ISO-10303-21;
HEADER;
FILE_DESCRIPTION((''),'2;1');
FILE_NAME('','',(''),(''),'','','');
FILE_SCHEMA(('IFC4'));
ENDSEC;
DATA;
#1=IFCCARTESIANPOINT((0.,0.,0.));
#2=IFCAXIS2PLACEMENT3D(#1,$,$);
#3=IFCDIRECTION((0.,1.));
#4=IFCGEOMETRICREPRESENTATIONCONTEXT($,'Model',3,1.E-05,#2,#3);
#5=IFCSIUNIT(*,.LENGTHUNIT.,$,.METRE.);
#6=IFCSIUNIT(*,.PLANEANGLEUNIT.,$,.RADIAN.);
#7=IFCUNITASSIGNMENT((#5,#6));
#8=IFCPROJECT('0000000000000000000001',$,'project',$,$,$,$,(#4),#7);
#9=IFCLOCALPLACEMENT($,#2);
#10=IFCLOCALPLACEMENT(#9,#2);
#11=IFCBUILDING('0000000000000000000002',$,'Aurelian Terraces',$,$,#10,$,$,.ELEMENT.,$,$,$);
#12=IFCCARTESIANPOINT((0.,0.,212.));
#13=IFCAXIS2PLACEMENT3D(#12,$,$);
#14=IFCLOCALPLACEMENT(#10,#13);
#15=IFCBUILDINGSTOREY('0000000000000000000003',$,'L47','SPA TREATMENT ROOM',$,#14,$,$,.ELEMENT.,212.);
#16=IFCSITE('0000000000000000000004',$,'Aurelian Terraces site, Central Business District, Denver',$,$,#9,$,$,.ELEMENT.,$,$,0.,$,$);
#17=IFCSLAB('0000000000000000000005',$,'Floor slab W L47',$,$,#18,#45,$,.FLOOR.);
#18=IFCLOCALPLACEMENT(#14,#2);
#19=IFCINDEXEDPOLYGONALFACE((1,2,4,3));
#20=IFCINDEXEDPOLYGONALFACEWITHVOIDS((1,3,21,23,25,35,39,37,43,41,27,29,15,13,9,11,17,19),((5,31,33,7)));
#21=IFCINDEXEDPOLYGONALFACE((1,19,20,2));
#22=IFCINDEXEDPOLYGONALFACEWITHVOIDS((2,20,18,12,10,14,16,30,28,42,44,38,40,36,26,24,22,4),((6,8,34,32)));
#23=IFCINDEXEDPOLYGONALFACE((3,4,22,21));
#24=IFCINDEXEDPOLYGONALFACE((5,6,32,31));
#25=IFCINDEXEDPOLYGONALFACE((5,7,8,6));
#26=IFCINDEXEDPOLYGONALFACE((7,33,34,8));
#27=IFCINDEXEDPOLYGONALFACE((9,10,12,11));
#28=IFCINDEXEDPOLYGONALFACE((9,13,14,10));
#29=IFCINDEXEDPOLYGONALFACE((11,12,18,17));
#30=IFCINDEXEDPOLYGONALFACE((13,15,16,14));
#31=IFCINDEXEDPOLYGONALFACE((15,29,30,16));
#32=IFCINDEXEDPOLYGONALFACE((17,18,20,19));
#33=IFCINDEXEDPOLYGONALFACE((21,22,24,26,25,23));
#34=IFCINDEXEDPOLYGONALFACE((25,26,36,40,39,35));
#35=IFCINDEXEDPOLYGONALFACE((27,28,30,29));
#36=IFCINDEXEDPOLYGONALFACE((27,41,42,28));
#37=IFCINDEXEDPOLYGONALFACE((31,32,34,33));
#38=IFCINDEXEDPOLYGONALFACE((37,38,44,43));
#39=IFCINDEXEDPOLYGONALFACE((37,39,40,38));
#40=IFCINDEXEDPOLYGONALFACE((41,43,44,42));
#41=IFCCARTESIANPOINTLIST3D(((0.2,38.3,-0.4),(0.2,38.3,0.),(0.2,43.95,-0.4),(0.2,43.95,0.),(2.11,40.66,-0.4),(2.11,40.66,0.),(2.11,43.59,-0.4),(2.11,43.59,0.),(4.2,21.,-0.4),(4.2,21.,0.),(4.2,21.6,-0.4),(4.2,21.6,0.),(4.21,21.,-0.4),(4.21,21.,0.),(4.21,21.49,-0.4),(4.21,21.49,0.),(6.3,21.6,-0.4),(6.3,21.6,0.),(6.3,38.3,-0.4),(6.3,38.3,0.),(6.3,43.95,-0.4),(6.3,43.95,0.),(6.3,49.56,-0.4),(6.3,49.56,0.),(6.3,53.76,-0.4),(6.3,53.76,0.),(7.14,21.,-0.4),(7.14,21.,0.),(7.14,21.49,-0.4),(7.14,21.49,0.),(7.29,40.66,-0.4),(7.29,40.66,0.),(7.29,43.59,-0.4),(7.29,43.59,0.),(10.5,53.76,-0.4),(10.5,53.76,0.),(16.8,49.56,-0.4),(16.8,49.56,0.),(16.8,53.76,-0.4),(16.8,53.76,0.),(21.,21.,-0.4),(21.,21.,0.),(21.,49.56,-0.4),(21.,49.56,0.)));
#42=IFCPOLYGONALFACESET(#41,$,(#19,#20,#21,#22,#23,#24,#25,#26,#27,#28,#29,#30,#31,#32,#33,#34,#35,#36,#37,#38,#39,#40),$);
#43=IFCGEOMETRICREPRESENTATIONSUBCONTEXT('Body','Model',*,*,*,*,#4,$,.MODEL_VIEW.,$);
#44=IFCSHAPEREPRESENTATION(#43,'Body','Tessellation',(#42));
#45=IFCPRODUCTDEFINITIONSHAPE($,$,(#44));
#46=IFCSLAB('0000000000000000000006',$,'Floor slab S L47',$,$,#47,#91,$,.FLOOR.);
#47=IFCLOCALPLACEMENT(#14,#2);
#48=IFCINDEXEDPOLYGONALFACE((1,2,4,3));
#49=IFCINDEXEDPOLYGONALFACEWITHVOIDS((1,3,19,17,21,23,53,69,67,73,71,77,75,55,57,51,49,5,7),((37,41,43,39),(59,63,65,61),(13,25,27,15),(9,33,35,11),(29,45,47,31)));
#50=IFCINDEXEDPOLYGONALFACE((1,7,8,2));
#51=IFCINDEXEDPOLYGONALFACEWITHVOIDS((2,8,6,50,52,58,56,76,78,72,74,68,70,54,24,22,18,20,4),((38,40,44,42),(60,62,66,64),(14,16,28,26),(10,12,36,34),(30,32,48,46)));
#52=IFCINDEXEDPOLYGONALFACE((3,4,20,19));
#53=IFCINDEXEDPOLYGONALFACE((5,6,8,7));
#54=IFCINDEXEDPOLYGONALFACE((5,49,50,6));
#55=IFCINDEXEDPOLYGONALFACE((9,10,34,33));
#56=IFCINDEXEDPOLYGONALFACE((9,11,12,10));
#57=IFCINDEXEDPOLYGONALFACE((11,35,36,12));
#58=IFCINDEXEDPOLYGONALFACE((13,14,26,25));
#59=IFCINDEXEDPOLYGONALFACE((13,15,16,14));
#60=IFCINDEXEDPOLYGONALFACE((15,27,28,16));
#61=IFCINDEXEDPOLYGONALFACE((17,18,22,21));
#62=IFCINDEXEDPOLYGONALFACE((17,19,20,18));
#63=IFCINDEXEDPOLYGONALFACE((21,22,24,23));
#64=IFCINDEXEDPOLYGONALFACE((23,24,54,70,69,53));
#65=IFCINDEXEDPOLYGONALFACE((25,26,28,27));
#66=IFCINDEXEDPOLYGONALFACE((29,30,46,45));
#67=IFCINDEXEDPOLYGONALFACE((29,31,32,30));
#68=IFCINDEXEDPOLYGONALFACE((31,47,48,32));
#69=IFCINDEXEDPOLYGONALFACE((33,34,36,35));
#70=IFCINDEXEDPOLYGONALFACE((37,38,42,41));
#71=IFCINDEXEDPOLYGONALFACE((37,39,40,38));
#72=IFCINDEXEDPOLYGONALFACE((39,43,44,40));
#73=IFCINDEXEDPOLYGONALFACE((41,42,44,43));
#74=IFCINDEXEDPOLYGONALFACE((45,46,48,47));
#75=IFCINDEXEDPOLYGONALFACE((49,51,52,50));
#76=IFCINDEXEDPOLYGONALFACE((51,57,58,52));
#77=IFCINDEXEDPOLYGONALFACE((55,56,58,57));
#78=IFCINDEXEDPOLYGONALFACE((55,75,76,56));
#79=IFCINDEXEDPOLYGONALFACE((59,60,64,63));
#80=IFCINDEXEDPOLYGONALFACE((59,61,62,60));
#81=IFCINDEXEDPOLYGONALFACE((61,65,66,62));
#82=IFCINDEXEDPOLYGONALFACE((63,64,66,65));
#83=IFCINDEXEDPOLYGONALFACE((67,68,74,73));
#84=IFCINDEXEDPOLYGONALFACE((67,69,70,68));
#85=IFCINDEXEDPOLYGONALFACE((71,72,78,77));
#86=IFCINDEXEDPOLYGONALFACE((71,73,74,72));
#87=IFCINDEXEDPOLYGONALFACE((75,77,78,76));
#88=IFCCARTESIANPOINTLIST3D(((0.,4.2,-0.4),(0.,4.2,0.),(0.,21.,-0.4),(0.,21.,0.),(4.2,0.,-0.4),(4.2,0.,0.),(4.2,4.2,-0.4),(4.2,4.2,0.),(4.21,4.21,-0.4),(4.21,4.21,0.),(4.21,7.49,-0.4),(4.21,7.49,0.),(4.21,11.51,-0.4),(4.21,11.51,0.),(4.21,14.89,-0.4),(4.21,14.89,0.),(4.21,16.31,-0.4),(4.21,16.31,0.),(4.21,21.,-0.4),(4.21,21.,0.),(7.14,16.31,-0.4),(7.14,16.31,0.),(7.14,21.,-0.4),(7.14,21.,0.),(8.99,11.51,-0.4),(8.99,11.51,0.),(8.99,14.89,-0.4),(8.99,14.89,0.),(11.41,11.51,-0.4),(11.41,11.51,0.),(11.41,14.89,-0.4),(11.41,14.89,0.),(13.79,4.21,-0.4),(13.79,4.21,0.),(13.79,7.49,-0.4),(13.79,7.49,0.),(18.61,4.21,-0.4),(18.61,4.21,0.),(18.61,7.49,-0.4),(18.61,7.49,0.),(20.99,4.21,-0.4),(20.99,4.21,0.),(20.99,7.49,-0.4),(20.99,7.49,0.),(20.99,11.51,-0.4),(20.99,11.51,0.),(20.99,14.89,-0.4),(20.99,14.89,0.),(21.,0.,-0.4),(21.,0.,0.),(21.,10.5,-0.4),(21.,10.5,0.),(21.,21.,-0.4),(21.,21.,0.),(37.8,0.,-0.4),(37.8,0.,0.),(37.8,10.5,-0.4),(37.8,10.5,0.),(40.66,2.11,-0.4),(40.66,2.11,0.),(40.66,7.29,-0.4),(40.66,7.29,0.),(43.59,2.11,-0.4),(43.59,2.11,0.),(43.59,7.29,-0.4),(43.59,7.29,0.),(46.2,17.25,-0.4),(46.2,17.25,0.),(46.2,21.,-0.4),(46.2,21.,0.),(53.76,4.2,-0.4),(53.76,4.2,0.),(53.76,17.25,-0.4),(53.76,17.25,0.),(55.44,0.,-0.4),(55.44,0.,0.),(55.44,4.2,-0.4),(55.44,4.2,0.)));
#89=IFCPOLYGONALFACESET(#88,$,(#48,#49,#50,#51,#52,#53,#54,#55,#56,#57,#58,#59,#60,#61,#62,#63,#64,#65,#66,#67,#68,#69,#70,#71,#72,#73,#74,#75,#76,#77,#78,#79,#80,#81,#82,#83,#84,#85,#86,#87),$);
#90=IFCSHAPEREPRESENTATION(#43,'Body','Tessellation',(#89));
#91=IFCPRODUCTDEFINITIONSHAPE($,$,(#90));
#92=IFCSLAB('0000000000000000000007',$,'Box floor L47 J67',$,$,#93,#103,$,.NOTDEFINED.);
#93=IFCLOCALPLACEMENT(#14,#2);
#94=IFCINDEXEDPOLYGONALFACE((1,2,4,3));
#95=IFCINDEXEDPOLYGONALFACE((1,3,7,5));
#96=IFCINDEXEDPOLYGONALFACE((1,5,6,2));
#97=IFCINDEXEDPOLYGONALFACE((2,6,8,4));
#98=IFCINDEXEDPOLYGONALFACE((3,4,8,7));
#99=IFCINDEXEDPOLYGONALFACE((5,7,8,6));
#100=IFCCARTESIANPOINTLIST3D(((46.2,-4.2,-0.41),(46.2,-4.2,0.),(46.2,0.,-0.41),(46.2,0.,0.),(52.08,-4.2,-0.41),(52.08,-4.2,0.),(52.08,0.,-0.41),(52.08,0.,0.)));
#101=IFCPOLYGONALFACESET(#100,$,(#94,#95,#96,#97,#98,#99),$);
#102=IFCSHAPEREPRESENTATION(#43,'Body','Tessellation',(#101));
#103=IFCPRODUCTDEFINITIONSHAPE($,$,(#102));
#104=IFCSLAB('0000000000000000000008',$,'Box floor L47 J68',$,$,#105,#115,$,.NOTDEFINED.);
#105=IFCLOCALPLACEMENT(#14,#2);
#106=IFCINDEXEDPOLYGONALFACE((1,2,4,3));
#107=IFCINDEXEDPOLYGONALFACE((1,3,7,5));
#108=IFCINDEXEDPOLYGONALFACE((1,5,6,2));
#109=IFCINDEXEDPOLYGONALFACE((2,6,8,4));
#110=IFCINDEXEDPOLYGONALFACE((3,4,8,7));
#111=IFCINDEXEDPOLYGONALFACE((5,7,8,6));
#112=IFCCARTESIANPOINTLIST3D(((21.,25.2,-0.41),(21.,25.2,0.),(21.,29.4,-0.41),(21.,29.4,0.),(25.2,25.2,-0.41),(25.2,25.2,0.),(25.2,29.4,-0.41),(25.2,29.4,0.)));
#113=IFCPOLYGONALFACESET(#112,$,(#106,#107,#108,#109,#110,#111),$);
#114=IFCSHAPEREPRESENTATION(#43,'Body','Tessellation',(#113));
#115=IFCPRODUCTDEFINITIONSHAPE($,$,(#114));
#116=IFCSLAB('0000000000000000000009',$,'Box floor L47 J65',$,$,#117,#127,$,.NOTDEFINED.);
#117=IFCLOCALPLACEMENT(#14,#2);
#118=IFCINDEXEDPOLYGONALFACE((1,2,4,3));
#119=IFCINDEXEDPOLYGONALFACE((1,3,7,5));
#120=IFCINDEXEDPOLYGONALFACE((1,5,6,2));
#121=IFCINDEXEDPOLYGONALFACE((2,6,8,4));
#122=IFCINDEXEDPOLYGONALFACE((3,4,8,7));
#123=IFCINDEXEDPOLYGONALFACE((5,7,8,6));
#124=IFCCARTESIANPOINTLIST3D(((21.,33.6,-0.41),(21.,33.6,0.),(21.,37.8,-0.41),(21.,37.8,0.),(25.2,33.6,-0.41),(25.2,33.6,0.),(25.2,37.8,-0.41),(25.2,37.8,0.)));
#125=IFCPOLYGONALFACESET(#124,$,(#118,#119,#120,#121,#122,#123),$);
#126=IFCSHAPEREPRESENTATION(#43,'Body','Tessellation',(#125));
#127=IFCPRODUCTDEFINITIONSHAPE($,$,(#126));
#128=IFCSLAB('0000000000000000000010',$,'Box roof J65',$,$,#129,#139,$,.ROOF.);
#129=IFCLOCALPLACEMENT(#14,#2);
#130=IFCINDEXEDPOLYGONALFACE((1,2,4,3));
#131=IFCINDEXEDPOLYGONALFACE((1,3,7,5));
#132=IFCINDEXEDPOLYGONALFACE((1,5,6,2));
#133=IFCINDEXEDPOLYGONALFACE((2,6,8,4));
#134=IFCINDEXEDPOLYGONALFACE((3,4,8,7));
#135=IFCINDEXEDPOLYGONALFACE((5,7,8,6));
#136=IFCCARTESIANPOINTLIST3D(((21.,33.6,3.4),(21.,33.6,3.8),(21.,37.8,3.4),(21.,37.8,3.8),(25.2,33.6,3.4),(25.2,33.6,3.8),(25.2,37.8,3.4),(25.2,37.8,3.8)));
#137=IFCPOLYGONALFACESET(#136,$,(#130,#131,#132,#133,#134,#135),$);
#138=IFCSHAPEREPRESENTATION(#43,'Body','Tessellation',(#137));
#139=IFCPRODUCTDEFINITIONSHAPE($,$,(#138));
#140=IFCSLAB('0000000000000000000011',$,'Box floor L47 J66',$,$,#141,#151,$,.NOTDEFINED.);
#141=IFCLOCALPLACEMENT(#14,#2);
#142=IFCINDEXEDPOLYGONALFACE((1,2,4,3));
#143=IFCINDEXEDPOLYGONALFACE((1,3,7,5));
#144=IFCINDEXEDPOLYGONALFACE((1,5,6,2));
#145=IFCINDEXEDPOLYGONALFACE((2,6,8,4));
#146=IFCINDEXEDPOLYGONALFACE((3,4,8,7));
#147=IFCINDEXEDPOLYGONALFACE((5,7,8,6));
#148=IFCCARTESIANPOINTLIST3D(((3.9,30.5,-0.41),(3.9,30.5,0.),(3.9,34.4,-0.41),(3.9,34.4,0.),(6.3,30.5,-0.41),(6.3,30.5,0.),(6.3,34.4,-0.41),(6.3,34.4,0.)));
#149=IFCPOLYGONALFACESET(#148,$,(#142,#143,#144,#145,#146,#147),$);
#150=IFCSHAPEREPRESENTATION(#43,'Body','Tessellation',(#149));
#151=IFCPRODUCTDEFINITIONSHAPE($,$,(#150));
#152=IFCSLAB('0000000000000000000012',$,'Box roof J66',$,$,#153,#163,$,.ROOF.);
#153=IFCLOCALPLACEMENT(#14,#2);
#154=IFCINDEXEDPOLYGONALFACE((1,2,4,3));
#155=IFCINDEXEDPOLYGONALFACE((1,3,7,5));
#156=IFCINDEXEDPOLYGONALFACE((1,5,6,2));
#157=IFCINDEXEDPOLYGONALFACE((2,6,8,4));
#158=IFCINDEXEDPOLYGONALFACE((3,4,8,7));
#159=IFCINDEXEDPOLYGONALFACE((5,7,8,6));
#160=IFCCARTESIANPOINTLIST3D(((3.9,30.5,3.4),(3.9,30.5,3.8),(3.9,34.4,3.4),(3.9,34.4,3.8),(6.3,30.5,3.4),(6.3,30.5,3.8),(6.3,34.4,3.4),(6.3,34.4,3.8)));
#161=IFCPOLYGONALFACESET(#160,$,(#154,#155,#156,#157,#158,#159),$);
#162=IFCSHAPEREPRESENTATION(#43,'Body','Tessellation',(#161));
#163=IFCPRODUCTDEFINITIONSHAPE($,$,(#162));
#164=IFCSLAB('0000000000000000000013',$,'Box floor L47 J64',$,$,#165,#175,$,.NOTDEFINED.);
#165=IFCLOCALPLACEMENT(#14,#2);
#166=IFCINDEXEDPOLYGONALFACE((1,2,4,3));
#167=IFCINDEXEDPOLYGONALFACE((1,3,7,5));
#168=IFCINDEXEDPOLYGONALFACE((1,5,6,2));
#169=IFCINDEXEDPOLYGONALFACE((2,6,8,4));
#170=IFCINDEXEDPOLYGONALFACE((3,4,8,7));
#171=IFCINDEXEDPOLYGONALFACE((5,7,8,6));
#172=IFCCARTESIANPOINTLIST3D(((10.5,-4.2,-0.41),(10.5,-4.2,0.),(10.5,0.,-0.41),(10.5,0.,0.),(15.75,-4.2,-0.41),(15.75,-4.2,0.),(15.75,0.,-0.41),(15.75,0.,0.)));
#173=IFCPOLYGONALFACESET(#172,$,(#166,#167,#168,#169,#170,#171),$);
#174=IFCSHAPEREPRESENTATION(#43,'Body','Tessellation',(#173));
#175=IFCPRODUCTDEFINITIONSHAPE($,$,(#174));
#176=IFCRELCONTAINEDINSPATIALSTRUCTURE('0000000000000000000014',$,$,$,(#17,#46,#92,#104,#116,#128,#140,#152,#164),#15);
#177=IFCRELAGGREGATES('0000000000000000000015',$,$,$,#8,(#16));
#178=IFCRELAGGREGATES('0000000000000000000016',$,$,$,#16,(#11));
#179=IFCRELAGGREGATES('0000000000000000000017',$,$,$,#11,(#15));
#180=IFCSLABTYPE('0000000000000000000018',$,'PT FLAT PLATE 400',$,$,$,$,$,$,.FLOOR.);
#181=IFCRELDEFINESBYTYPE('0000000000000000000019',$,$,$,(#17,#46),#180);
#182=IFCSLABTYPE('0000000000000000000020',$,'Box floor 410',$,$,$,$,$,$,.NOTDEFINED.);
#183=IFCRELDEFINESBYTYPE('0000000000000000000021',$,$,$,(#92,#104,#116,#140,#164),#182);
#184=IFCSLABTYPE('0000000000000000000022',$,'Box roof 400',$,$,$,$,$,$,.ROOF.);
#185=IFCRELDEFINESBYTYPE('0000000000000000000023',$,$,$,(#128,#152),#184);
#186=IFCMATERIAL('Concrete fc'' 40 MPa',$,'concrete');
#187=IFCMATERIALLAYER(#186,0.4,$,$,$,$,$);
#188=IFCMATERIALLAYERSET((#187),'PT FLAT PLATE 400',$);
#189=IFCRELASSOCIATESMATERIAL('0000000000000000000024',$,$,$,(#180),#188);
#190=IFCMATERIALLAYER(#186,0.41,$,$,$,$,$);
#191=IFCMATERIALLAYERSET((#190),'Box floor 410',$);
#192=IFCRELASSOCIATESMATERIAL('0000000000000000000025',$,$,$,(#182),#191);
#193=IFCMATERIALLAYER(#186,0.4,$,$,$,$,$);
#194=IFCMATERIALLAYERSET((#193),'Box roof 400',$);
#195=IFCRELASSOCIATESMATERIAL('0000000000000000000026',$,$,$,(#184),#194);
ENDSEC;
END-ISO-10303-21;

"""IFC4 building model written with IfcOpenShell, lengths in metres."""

from ifc_helpers import new_model, si_unit, direction, frame, origin, place, context, subcontext, project, spatial, polyline, outline, extrude, source, transform, mapped, material, layer, layer_set, type_object, element, save


model = new_model("IFC4")

# Units and contexts
model_context = context("Model", 3, precision=1e-05, world=origin(), true_north=direction((0.0, 1.0)))
body_context = subcontext(model_context, "Body", "Model", "MODEL_VIEW")
ifc_project = project(units=[si_unit("LENGTHUNIT", "METRE"), si_unit("PLANEANGLEUNIT", "RADIAN")], contexts=[model_context])

# Site, building, storey
site_placement = place(None, origin())
site = spatial("IfcSite", under=ifc_project, at=site_placement, Name="Aurelian Terraces site, Central Business District, Denver", CompositionType="ELEMENT", RefElevation=0.0)
building_placement = place(site_placement, origin())
building = spatial("IfcBuilding", under=site, at=building_placement, Name="Aurelian Terraces", CompositionType="ELEMENT")
storey_placement = place(building_placement, frame((0.0, 0.0, 212.0)))
storey = spatial("IfcBuildingStorey", under=building, at=storey_placement, Name="L47", Description="SPA TREATMENT ROOM", CompositionType="ELEMENT", Elevation=212.0)

# Slabs
ifc_material = material(Name="Concrete fc' 40 MPa", Category="concrete")
ifc_layer_1 = layer(ifc_material, 0.4)
ifc_layer_set_1 = layer_set([ifc_layer_1], Name="PT FLAT PLATE 400")
slab_type_1 = type_object("IfcSlabType", Name="PT FLAT PLATE 400", PredefinedType="FLOOR", material=ifc_layer_set_1)
shared_shape_1 = source(origin(), body_context, "Body", "SweptSolid", [
    extrude(outline(polyline([(6.3, 43.95), (6.3, 49.56), (6.3, 53.76), (10.5, 53.76), (16.8, 53.76), (16.8, 49.56), (21.0, 49.56), (21.0, 21.0), (7.14, 21.0), (7.14, 21.49), (4.21, 21.49), (4.21, 21.0), (4.2, 21.0), (4.2, 21.6), (6.3, 21.6), (6.3, 38.3), (0.2, 38.3), (0.2, 43.95), (6.3, 43.95)]), holes=[polyline([(7.29, 43.59), (2.11, 43.59), (2.11, 40.66), (7.29, 40.66), (7.29, 43.59)])]), origin(), (0.0, 0.0, 1.0), 0.4),
])
slab_1_placement = place(storey_placement, frame((0.0, 0.0, -0.4)))
element("IfcSlab", 1, at=slab_1_placement, inside=storey, type_object=slab_type_1, Name="Floor slab W L47", PredefinedType="FLOOR", context=body_context, shape_type="MappedRepresentation", body=[
    mapped(shared_shape_1, transform((0.0, 0.0, 0.0), scale=1.0)),
])
shared_shape_2 = source(origin(), body_context, "Body", "SweptSolid", [
    extrude(outline(polyline([(37.8, 10.5), (21.0, 10.5), (21.0, 0.0), (4.2, 0.0), (4.2, 4.2), (0.0, 4.2), (0.0, 21.0), (4.21, 21.0), (4.21, 16.31), (7.14, 16.31), (7.14, 21.0), (21.0, 21.0), (46.2, 21.0), (46.2, 17.25), (53.76, 17.25), (53.76, 4.2), (55.44, 4.2), (55.44, 0.0), (37.8, 0.0), (37.8, 10.5)]), holes=[polyline([(40.66, 2.11), (43.59, 2.11), (43.59, 7.29), (40.66, 7.29), (40.66, 2.11)]), polyline([(18.61, 7.49), (18.61, 4.21), (20.99, 4.21), (20.99, 7.49), (18.61, 7.49)]), polyline([(20.99, 14.89), (11.41, 14.89), (11.41, 11.51), (20.99, 11.51), (20.99, 14.89)]), polyline([(4.21, 7.49), (4.21, 4.21), (13.79, 4.21), (13.79, 7.49), (4.21, 7.49)]), polyline([(4.21, 14.89), (4.21, 11.51), (8.99, 11.51), (8.99, 14.89), (4.21, 14.89)])]), origin(), (0.0, 0.0, 1.0), 0.4),
])
slab_2_placement = place(storey_placement, frame((0.0, 0.0, -0.4)))
element("IfcSlab", 2, at=slab_2_placement, inside=storey, type_object=slab_type_1, Name="Floor slab S L47", PredefinedType="FLOOR", context=body_context, shape_type="MappedRepresentation", body=[
    mapped(shared_shape_2, transform((0.0, 0.0, 0.0), scale=1.0)),
])
ifc_layer_2 = layer(ifc_material, 0.41)
ifc_layer_set_2 = layer_set([ifc_layer_2], Name="Box floor 410")
slab_type_2 = type_object("IfcSlabType", Name="Box floor 410", PredefinedType="NOTDEFINED", material=ifc_layer_set_2)
shared_shape_3 = source(origin(), body_context, "Body", "SweptSolid", [
    extrude(outline(polyline([(46.2, -4.2), (52.08, -4.2), (52.08, 0.0), (46.2, 0.0), (46.2, -4.2)])), origin(), (0.0, 0.0, 1.0), 0.41),
])
slab_3_placement = place(storey_placement, frame((0.0, 0.0, -0.41)))
element("IfcSlab", 3, at=slab_3_placement, inside=storey, type_object=slab_type_2, Name="Box floor L47 J67", PredefinedType="NOTDEFINED", context=body_context, shape_type="MappedRepresentation", body=[
    mapped(shared_shape_3, transform((0.0, 0.0, 0.0), scale=1.0)),
])
shared_shape_4 = source(origin(), body_context, "Body", "SweptSolid", [
    extrude(outline(polyline([(25.2, 25.2), (25.2, 29.4), (21.0, 29.4), (21.0, 25.2), (25.2, 25.2)])), origin(), (0.0, 0.0, 1.0), 0.41),
])
slab_4_placement = place(storey_placement, frame((0.0, 0.0, -0.41)))
element("IfcSlab", 4, at=slab_4_placement, inside=storey, type_object=slab_type_2, Name="Box floor L47 J68", PredefinedType="NOTDEFINED", context=body_context, shape_type="MappedRepresentation", body=[
    mapped(shared_shape_4, transform((0.0, 0.0, 0.0), scale=1.0)),
])
shared_shape_5 = source(origin(), body_context, "Body", "SweptSolid", [
    extrude(outline(polyline([(25.2, 33.6), (25.2, 37.8), (21.0, 37.8), (21.0, 33.6), (25.2, 33.6)])), origin(), (0.0, 0.0, 1.0), 0.41),
])
slab_5_placement = place(storey_placement, frame((0.0, 0.0, -0.41)))
element("IfcSlab", 5, at=slab_5_placement, inside=storey, type_object=slab_type_2, Name="Box floor L47 J65", PredefinedType="NOTDEFINED", context=body_context, shape_type="MappedRepresentation", body=[
    mapped(shared_shape_5, transform((0.0, 0.0, 0.0), scale=1.0)),
])
ifc_layer_3 = layer(ifc_material, 0.4)
ifc_layer_set_3 = layer_set([ifc_layer_3], Name="Box roof 400")
slab_type_3 = type_object("IfcSlabType", Name="Box roof 400", PredefinedType="ROOF", material=ifc_layer_set_3)
shared_shape_6 = source(origin(), body_context, "Body", "SweptSolid", [
    extrude(outline(polyline([(25.2, 33.6), (25.2, 37.8), (21.0, 37.8), (21.0, 33.6), (25.2, 33.6)])), origin(), (0.0, 0.0, 1.0), 0.4),
])
slab_6_placement = place(storey_placement, frame((0.0, 0.0, 3.4)))
element("IfcSlab", 6, at=slab_6_placement, inside=storey, type_object=slab_type_3, Name="Box roof J65", PredefinedType="ROOF", context=body_context, shape_type="MappedRepresentation", body=[
    mapped(shared_shape_6, transform((0.0, 0.0, 0.0), scale=1.0)),
])
shared_shape_7 = source(origin(), body_context, "Body", "SweptSolid", [
    extrude(outline(polyline([(3.9, 34.4), (3.9, 30.5), (6.3, 30.5), (6.3, 34.4), (3.9, 34.4)])), origin(), (0.0, 0.0, 1.0), 0.41),
])
slab_7_placement = place(storey_placement, frame((0.0, 0.0, -0.41)))
element("IfcSlab", 7, at=slab_7_placement, inside=storey, type_object=slab_type_2, Name="Box floor L47 J66", PredefinedType="NOTDEFINED", context=body_context, shape_type="MappedRepresentation", body=[
    mapped(shared_shape_7, transform((0.0, 0.0, 0.0), scale=1.0)),
])
shared_shape_8 = source(origin(), body_context, "Body", "SweptSolid", [
    extrude(outline(polyline([(3.9, 34.4), (3.9, 30.5), (6.3, 30.5), (6.3, 34.4), (3.9, 34.4)])), origin(), (0.0, 0.0, 1.0), 0.4),
])
slab_8_placement = place(storey_placement, frame((0.0, 0.0, 3.4)))
element("IfcSlab", 8, at=slab_8_placement, inside=storey, type_object=slab_type_3, Name="Box roof J66", PredefinedType="ROOF", context=body_context, shape_type="MappedRepresentation", body=[
    mapped(shared_shape_8, transform((0.0, 0.0, 0.0), scale=1.0)),
])
shared_shape_9 = source(origin(), body_context, "Body", "SweptSolid", [
    extrude(outline(polyline([(10.5, -4.2), (15.75, -4.2), (15.75, 0.0), (10.5, 0.0), (10.5, -4.2)])), origin(), (0.0, 0.0, 1.0), 0.41),
])
slab_9_placement = place(storey_placement, frame((0.0, 0.0, -0.41)))
element("IfcSlab", 9, at=slab_9_placement, inside=storey, type_object=slab_type_2, Name="Box floor L47 J64", PredefinedType="NOTDEFINED", context=body_context, shape_type="MappedRepresentation", body=[
    mapped(shared_shape_9, transform((0.0, 0.0, 0.0), scale=1.0)),
])

save(model, "model.ifc")
